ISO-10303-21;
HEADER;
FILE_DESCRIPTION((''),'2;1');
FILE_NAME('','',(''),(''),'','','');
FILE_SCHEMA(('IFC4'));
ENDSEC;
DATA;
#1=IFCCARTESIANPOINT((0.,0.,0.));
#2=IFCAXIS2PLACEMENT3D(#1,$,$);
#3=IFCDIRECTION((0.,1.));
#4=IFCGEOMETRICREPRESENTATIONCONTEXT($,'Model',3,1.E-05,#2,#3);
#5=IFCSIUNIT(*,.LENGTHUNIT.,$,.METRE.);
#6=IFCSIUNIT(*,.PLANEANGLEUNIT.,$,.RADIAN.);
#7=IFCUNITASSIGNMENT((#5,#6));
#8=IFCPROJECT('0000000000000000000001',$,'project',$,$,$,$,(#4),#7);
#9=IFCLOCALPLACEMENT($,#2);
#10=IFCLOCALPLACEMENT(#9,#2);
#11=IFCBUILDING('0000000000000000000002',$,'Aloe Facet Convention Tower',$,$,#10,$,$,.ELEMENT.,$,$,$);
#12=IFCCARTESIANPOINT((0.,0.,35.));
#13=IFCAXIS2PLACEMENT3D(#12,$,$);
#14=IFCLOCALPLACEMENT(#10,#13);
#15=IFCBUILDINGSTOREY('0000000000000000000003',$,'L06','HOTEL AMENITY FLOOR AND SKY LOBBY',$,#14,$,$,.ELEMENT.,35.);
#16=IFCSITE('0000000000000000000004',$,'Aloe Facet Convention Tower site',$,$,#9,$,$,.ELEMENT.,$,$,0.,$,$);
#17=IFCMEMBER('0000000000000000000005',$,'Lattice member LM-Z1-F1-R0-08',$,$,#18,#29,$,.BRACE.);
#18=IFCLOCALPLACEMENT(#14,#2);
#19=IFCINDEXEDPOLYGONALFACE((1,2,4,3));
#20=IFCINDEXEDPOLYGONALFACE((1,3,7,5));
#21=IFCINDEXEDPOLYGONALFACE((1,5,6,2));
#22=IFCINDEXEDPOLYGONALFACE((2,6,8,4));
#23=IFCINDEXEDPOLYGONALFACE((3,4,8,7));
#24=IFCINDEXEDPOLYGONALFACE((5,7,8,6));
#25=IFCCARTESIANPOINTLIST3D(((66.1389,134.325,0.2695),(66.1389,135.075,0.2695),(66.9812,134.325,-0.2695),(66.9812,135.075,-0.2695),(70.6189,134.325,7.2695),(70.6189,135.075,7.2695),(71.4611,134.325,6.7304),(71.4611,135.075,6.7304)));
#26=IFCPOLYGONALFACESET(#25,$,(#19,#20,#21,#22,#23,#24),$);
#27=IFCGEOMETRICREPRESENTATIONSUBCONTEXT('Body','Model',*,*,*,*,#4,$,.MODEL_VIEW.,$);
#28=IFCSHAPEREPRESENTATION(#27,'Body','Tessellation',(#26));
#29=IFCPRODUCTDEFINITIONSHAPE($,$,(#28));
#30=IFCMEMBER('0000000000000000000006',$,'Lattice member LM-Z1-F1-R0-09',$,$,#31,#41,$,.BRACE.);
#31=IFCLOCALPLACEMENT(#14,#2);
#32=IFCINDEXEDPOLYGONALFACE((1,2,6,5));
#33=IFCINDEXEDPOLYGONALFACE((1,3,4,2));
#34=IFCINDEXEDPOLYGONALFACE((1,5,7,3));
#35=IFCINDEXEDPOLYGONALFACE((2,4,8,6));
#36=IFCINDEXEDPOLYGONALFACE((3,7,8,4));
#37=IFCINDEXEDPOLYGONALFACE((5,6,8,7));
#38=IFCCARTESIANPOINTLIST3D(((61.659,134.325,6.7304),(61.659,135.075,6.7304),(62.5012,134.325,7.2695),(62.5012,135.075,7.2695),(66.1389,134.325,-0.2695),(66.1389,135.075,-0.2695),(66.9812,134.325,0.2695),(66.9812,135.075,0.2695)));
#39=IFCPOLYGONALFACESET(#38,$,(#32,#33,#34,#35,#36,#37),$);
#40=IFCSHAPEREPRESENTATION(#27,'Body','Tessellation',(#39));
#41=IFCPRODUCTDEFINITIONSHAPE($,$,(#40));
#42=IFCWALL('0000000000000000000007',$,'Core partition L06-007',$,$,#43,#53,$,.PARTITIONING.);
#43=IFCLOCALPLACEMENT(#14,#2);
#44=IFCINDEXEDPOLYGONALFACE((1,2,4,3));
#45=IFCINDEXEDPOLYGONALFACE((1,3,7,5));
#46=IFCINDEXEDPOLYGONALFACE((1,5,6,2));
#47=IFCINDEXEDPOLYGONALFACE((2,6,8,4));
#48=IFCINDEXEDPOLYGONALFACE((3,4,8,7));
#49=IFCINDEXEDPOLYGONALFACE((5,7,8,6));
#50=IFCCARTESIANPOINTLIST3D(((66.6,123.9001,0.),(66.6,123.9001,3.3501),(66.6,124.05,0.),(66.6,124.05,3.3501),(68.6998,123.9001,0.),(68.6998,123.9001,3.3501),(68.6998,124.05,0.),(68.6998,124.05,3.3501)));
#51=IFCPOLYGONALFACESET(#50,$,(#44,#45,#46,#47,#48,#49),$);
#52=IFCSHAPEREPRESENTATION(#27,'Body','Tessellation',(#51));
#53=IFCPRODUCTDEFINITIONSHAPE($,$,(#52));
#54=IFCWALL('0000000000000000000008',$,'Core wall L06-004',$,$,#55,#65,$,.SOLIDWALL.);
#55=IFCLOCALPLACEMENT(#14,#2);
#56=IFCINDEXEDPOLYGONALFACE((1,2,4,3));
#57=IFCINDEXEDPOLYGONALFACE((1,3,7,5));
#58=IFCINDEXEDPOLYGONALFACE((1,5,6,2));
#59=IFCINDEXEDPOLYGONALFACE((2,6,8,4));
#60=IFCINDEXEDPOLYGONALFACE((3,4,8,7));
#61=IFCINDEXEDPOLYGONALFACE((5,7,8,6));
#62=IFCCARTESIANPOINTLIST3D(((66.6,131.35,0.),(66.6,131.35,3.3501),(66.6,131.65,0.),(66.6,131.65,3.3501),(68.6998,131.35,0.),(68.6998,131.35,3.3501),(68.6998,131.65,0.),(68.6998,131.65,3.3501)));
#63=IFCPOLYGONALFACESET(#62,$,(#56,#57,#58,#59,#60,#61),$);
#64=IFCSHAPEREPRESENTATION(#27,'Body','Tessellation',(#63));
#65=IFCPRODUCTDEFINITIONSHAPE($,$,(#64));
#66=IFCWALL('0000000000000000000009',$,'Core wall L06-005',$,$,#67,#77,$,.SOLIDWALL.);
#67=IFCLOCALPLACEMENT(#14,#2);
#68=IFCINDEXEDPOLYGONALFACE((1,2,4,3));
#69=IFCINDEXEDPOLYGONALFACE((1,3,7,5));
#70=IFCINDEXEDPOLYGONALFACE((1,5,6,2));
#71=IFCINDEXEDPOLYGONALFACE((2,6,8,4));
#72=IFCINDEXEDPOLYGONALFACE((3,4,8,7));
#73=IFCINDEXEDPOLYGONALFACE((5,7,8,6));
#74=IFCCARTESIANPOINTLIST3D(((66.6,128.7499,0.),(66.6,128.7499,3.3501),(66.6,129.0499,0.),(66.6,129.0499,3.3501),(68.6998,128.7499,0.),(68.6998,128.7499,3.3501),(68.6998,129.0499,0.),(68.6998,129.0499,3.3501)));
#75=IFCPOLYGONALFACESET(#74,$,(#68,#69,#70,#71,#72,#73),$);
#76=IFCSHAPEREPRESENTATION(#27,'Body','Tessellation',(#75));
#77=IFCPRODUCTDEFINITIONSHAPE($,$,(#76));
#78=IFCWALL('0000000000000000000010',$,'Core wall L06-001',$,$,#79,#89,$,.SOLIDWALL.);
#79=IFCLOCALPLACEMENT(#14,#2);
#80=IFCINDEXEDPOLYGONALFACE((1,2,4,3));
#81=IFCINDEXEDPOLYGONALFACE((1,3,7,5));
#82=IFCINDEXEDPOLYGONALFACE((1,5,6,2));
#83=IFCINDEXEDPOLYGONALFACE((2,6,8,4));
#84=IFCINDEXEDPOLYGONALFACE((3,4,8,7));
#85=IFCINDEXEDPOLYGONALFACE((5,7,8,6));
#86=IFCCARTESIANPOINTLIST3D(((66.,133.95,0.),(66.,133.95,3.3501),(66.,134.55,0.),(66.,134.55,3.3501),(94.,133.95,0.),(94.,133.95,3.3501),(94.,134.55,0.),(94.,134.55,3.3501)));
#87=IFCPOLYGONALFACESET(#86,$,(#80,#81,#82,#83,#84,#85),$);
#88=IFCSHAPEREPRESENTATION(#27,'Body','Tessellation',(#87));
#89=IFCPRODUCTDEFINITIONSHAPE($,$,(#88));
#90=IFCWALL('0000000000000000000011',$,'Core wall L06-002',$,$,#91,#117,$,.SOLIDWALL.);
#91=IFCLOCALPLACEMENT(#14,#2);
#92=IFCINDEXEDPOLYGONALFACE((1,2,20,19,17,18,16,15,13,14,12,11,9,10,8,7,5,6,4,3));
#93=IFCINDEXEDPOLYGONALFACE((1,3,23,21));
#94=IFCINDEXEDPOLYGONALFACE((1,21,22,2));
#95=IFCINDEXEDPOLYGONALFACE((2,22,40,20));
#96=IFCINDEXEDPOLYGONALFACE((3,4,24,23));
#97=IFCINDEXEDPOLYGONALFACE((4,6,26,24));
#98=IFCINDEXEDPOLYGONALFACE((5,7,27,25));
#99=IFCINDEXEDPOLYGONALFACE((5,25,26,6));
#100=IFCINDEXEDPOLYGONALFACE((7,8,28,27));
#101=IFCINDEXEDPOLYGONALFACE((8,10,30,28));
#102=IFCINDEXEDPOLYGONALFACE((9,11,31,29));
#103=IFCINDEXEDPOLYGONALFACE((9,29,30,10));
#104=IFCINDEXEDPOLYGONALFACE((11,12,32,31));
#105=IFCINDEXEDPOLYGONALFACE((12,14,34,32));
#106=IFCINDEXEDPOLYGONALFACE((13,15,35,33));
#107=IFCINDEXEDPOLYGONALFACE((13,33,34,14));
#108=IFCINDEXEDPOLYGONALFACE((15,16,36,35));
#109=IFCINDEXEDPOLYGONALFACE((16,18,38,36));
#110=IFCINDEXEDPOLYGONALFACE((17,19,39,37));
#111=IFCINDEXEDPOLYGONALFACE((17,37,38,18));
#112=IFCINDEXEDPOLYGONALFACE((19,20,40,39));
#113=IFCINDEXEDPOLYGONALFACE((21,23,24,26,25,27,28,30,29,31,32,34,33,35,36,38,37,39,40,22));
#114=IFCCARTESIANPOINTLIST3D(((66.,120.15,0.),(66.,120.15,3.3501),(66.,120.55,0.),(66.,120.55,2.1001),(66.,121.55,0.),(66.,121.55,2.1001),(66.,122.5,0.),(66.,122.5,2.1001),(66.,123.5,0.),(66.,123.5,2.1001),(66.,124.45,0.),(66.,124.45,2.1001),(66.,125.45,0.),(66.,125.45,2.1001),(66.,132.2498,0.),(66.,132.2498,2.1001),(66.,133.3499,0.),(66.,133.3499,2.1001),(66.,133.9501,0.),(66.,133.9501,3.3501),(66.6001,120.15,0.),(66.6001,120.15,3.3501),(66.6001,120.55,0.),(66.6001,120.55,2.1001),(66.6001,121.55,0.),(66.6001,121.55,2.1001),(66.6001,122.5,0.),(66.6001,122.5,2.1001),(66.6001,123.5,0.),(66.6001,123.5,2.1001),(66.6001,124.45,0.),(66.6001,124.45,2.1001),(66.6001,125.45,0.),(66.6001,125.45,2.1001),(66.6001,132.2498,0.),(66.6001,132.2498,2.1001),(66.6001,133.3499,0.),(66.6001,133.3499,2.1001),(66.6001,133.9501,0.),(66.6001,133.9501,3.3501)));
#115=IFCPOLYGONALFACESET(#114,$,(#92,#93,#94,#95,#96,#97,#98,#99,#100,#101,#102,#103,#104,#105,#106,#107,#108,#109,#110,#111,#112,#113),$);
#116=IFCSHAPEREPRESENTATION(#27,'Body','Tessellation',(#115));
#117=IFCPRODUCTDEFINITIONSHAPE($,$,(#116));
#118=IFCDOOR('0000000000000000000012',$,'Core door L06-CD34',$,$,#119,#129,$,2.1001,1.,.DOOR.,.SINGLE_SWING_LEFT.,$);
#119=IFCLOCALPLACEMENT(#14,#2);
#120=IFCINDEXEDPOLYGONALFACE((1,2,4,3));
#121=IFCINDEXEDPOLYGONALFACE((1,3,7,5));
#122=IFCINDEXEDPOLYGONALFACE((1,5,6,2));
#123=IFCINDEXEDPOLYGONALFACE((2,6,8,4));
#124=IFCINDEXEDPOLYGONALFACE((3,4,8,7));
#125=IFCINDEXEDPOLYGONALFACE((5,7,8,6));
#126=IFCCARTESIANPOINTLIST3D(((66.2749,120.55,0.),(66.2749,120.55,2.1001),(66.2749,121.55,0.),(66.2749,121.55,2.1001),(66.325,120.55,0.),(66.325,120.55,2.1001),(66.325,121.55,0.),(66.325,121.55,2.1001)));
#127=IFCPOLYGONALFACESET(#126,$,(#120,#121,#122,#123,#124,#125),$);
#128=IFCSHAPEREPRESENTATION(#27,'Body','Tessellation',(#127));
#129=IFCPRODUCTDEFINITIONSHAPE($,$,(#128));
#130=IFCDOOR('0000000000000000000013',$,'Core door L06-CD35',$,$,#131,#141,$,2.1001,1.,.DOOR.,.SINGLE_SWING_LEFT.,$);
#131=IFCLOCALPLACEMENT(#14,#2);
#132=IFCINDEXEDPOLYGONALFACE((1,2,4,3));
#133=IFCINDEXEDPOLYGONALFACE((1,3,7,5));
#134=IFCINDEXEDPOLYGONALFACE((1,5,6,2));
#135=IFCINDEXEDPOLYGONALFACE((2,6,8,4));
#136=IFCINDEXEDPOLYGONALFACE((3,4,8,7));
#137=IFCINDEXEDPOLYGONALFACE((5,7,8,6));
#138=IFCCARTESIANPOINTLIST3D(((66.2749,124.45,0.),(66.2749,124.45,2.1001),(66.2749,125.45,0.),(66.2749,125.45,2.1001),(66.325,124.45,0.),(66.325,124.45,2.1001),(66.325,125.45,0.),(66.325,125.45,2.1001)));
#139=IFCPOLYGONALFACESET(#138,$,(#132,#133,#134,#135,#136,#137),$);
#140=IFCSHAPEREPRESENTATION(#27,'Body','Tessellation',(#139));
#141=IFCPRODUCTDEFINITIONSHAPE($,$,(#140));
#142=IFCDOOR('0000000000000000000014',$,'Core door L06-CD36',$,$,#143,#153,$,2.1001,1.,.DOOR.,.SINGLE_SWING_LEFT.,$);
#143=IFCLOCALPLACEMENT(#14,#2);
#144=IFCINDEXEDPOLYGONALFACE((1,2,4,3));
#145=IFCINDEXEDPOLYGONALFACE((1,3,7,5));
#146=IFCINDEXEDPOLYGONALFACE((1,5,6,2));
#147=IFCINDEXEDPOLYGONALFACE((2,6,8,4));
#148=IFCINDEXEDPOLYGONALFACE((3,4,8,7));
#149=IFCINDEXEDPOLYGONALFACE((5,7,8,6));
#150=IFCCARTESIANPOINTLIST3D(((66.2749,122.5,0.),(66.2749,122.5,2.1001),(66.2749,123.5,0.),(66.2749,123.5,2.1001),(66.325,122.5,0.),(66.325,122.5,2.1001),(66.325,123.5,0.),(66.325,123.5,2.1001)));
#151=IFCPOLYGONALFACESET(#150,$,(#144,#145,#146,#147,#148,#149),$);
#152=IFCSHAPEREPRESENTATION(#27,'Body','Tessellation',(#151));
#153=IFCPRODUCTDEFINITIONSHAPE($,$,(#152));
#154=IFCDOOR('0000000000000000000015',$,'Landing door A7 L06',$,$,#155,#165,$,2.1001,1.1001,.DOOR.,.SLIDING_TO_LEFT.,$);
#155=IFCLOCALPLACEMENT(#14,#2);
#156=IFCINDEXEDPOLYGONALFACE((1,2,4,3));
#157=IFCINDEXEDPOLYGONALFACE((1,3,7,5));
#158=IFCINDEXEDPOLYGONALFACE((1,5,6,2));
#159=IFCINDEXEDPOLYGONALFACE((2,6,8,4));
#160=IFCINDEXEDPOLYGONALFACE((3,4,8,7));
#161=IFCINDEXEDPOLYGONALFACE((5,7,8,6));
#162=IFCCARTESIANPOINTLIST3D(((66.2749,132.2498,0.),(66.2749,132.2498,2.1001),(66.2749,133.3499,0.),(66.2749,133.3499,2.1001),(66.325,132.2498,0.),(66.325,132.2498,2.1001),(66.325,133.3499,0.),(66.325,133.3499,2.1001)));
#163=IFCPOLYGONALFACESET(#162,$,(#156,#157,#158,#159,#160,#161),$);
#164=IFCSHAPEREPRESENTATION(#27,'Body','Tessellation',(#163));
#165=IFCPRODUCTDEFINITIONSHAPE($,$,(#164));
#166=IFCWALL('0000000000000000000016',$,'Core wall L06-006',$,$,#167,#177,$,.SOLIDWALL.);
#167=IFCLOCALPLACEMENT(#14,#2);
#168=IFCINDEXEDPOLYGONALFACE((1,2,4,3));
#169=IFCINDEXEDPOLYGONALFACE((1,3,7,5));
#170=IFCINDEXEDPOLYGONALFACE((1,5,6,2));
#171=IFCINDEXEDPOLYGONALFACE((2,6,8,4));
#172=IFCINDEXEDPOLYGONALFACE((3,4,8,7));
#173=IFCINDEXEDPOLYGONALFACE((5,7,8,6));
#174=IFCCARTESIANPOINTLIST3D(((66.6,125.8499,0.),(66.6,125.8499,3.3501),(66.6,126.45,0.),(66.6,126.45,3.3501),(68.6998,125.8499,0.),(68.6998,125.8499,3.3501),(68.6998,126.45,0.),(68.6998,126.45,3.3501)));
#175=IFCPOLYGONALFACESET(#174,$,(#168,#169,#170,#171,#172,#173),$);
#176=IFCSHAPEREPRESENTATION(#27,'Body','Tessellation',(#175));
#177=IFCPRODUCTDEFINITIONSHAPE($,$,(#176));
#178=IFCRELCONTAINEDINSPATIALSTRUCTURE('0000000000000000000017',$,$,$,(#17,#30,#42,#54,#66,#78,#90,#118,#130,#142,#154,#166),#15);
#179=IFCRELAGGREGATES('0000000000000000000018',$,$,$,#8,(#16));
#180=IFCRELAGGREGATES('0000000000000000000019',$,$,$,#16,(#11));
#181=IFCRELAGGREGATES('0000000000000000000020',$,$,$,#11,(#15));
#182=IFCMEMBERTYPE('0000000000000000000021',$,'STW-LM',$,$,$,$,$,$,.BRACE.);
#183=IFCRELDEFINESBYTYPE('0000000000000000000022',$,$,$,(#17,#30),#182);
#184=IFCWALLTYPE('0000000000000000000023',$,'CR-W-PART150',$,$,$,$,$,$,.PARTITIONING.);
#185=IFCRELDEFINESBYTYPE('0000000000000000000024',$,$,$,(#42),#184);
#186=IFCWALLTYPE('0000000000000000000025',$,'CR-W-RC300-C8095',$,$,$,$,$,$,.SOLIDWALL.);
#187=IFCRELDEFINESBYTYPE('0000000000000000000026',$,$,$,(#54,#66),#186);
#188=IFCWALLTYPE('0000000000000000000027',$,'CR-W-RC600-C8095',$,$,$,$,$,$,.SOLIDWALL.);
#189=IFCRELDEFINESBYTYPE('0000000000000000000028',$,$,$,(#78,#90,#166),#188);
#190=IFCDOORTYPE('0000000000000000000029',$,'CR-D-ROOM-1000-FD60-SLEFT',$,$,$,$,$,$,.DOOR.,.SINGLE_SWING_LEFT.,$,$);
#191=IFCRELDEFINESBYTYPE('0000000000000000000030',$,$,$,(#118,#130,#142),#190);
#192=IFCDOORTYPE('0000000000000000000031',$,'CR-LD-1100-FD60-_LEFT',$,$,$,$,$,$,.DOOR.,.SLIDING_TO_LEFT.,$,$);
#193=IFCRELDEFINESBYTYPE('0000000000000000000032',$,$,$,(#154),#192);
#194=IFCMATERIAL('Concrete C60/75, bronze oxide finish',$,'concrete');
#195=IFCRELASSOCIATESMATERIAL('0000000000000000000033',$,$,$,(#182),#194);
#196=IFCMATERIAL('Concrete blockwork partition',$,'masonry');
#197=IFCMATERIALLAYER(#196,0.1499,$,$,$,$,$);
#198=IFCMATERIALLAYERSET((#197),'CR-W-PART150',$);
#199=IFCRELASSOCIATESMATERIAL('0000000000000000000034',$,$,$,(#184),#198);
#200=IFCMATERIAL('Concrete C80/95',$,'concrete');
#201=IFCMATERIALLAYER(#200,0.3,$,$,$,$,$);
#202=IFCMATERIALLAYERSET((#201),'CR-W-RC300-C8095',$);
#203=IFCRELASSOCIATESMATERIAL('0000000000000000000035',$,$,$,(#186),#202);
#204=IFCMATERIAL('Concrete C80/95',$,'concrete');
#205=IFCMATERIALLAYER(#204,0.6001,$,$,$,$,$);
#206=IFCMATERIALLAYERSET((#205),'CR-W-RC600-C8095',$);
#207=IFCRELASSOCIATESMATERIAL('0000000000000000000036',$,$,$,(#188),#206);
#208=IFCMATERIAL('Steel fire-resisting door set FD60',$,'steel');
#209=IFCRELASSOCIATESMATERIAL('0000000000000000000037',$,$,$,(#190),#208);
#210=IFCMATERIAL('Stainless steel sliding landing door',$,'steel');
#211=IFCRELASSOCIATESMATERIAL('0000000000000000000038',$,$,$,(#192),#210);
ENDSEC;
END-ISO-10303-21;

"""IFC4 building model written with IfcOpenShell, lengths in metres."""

from ifc_helpers import new_model, si_unit, direction, frame, frame_2d, origin, origin_2d, place, context, subcontext, project, spatial, rectangle, extrude, material, layer, layer_set, material_profile, profile_set, type_object, element, fill, save


model = new_model("IFC4")

# Units and contexts
model_context = context("Model", 3, precision=1e-05, world=origin(), true_north=direction((0.0, 1.0)))
body_context = subcontext(model_context, "Body", "Model", "MODEL_VIEW")
ifc_project = project(units=[si_unit("LENGTHUNIT", "METRE"), si_unit("PLANEANGLEUNIT", "RADIAN")], contexts=[model_context])

# Site, building, storey
site_placement = place(None, origin())
site = spatial("IfcSite", under=ifc_project, at=site_placement, Name="Aloe Facet Convention Tower site", CompositionType="ELEMENT", RefElevation=0.0)
building_placement = place(site_placement, origin())
building = spatial("IfcBuilding", under=site, at=building_placement, Name="Aloe Facet Convention Tower", CompositionType="ELEMENT")
storey_placement = place(building_placement, frame((0.0, 0.0, 35.0)))
storey = spatial("IfcBuildingStorey", under=building, at=storey_placement, Name="L06", Description="HOTEL AMENITY FLOOR AND SKY LOBBY", CompositionType="ELEMENT", Elevation=35.0)

# Members
ifc_material_1 = material(Name="Concrete C60/75, bronze oxide finish", Category="concrete")
ifc_material_profile = material_profile(ifc_material_1, rectangle(XDim=0.75, YDim=1.0, at=origin_2d()), Name="STW-LM")
ifc_profile_set = profile_set([ifc_material_profile], Name="Concrete C60/75, bronze oxide finish")
member_type = type_object("IfcMemberType", Name="STW-LM", PredefinedType="BRACE", material=ifc_profile_set)
for number, where, z_axis, x_axis, name in (
    (1, (66.5601, 134.7, 0.0), (0.539052, 0.0, 0.842272), (0.0, 1.0, 0.0), "Lattice member LM-Z1-F1-R0-08"),
    (2, (66.5601, 134.7, 0.0), (-0.539052, 0.0, 0.842272), (0.0, -1.0, 0.0), "Lattice member LM-Z1-F1-R0-09"),
):
    element("IfcMember", number, at=place(storey_placement, frame(where, z_axis=z_axis, x_axis=x_axis)), inside=storey, type_object=member_type, Name=name, PredefinedType="BRACE", context=body_context, shape_type="SweptSolid", body=[
        extrude(rectangle(XDim=0.75, YDim=1.0, at=origin_2d()), origin(), (0.0, 0.0, 1.0), 8.3108),
    ])

# Walls
ifc_material_2 = material(Name="Concrete blockwork partition", Category="masonry")
ifc_layer_1 = layer(ifc_material_2, 0.1499)
ifc_layer_set_1 = layer_set([ifc_layer_1], Name="CR-W-PART150")
wall_type_1 = type_object("IfcWallType", Name="CR-W-PART150", PredefinedType="PARTITIONING", material=ifc_layer_set_1)
wall_1_placement = place(storey_placement, frame((66.6001, 123.9751, 0.0), z_axis=(0.0, 0.0, 1.0), x_axis=(1.0, 0.0, 0.0)))
element("IfcWall", 3, at=wall_1_placement, inside=storey, type_object=wall_type_1, Name="Core partition L06-007", PredefinedType="PARTITIONING", context=body_context, shape_type="SweptSolid", body=[
    extrude(rectangle(XDim=2.0999, YDim=0.1499, at=frame_2d((1.0498, 0.0))), origin(), (0.0, 0.0, 1.0), 3.3501),
])
ifc_material_3 = material(Name="Concrete C80/95", Category="concrete")
ifc_layer_2 = layer(ifc_material_3, 0.3)
ifc_layer_set_2 = layer_set([ifc_layer_2], Name="CR-W-RC300-C8095")
wall_type_2 = type_object("IfcWallType", Name="CR-W-RC300-C8095", PredefinedType="SOLIDWALL", material=ifc_layer_set_2)
for number, where, z_axis, x_axis, name in (
    (4, (66.6001, 131.5, 0.0), (0.0, 0.0, 1.0), (1.0, 0.0, 0.0), "Core wall L06-004"),
    (5, (66.6001, 128.8999, 0.0), (0.0, 0.0, 1.0), (1.0, 0.0, 0.0), "Core wall L06-005"),
):
    element("IfcWall", number, at=place(storey_placement, frame(where, z_axis=z_axis, x_axis=x_axis)), inside=storey, type_object=wall_type_2, Name=name, PredefinedType="SOLIDWALL", context=body_context, shape_type="SweptSolid", body=[
        extrude(rectangle(XDim=2.0999, YDim=0.3, at=frame_2d((1.0498, 0.0))), origin(), (0.0, 0.0, 1.0), 3.3501),
    ])
ifc_material_4 = material(Name="Concrete C80/95", Category="concrete")
ifc_layer_3 = layer(ifc_material_4, 0.6001)
ifc_layer_set_3 = layer_set([ifc_layer_3], Name="CR-W-RC600-C8095")
wall_type_3 = type_object("IfcWallType", Name="CR-W-RC600-C8095", PredefinedType="SOLIDWALL", material=ifc_layer_set_3)
wall_2_placement = place(storey_placement, frame((66.0, 134.25, 0.0), z_axis=(0.0, 0.0, 1.0), x_axis=(1.0, 0.0, 0.0)))
element("IfcWall", 6, at=wall_2_placement, inside=storey, type_object=wall_type_3, Name="Core wall L06-001", PredefinedType="SOLIDWALL", context=body_context, shape_type="SweptSolid", body=[
    extrude(rectangle(XDim=28.0, YDim=0.6001, at=frame_2d((14.0, 0.0))), origin(), (0.0, 0.0, 1.0), 3.3501),
])

# Wall, openings, doors
wall_3_placement = place(storey_placement, frame((66.3, 133.95, 0.0), z_axis=(0.0, 0.0, 1.0), x_axis=(0.0, -1.0, 0.0)))
wall_3 = element("IfcWall", 7, at=wall_3_placement, inside=storey, type_object=wall_type_3, Name="Core wall L06-002", PredefinedType="SOLIDWALL", context=body_context, shape_type="SweptSolid", body=[
    extrude(rectangle(XDim=13.8, YDim=0.6001, at=frame_2d((6.8999, 0.0))), origin(), (0.0, 0.0, 1.0), 3.3501),
])
opening_1_placement = place(wall_3_placement, frame((0.6001, 0.0, 0.0)))
opening_1 = element("IfcOpeningElement", 8, at=opening_1_placement, cuts=wall_3, PredefinedType="OPENING", context=body_context, shape_type="SweptSolid", body=[
    extrude(rectangle(XDim=1.1001, YDim=2.1001, at=frame_2d((0.55, 1.05))), frame((0.0, 0.3101, 0.0), z_axis=(0.0, -1.0, 0.0), x_axis=(1.0, 0.0, 0.0)), (0.0, 0.0, 1.0), 0.6201),
])
opening_2_placement = place(wall_3_placement, frame((12.3999, 0.0, 0.0)))
opening_2 = element("IfcOpeningElement", 9, at=opening_2_placement, cuts=wall_3, PredefinedType="OPENING", context=body_context, shape_type="SweptSolid", body=[
    extrude(rectangle(XDim=1.0, YDim=2.1001, at=frame_2d((0.5, 1.05))), frame((0.0, 0.3101, 0.0), z_axis=(0.0, -1.0, 0.0), x_axis=(1.0, 0.0, 0.0)), (0.0, 0.0, 1.0), 0.6201),
])
opening_3_placement = place(wall_3_placement, frame((8.5, 0.0, 0.0)))
opening_3 = element("IfcOpeningElement", 10, at=opening_3_placement, cuts=wall_3, PredefinedType="OPENING", context=body_context, shape_type="SweptSolid", body=[
    extrude(rectangle(XDim=1.0, YDim=2.1001, at=frame_2d((0.5, 1.05))), frame((0.0, 0.3101, 0.0), z_axis=(0.0, -1.0, 0.0), x_axis=(1.0, 0.0, 0.0)), (0.0, 0.0, 1.0), 0.6201),
])
opening_4_placement = place(wall_3_placement, frame((10.45, 0.0, 0.0)))
opening_4 = element("IfcOpeningElement", 11, at=opening_4_placement, cuts=wall_3, PredefinedType="OPENING", context=body_context, shape_type="SweptSolid", body=[
    extrude(rectangle(XDim=1.0, YDim=2.1001, at=frame_2d((0.5, 1.05))), frame((0.0, 0.3101, 0.0), z_axis=(0.0, -1.0, 0.0), x_axis=(1.0, 0.0, 0.0)), (0.0, 0.0, 1.0), 0.6201),
])
ifc_material_5 = material(Name="Steel fire-resisting door set FD60", Category="steel")
door_type_1 = type_object("IfcDoorType", Name="CR-D-ROOM-1000-FD60-SLEFT", OperationType="SINGLE_SWING_LEFT", PredefinedType="DOOR", material=ifc_material_5)
door_1_placement = place(opening_2_placement, origin())
door_1 = element("IfcDoor", 12, at=door_1_placement, inside=storey, type_object=door_type_1, Name="Core door L06-CD34", OperationType="SINGLE_SWING_LEFT", OverallHeight=2.1001, OverallWidth=1.0, PredefinedType="DOOR", context=body_context, shape_type="SweptSolid", body=[
    extrude(rectangle(XDim=1.0, YDim=2.1001, at=frame_2d((0.5, 1.05))), frame((0.0, 0.0249, 0.0), z_axis=(0.0, -1.0, 0.0), x_axis=(1.0, 0.0, 0.0)), (0.0, 0.0, 1.0), 0.05),
])
fill(opening_2, door_1)
door_2_placement = place(opening_3_placement, origin())
door_2 = element("IfcDoor", 13, at=door_2_placement, inside=storey, type_object=door_type_1, Name="Core door L06-CD35", OperationType="SINGLE_SWING_LEFT", OverallHeight=2.1001, OverallWidth=1.0, PredefinedType="DOOR", context=body_context, shape_type="SweptSolid", body=[
    extrude(rectangle(XDim=1.0, YDim=2.1001, at=frame_2d((0.5, 1.05))), frame((0.0, 0.0249, 0.0), z_axis=(0.0, -1.0, 0.0), x_axis=(1.0, 0.0, 0.0)), (0.0, 0.0, 1.0), 0.05),
])
fill(opening_3, door_2)
door_3_placement = place(opening_4_placement, origin())
door_3 = element("IfcDoor", 14, at=door_3_placement, inside=storey, type_object=door_type_1, Name="Core door L06-CD36", OperationType="SINGLE_SWING_LEFT", OverallHeight=2.1001, OverallWidth=1.0, PredefinedType="DOOR", context=body_context, shape_type="SweptSolid", body=[
    extrude(rectangle(XDim=1.0, YDim=2.1001, at=frame_2d((0.5, 1.05))), frame((0.0, 0.0249, 0.0), z_axis=(0.0, -1.0, 0.0), x_axis=(1.0, 0.0, 0.0)), (0.0, 0.0, 1.0), 0.05),
])
fill(opening_4, door_3)
ifc_material_6 = material(Name="Stainless steel sliding landing door", Category="steel")
door_type_2 = type_object("IfcDoorType", Name="CR-LD-1100-FD60-_LEFT", OperationType="SLIDING_TO_LEFT", PredefinedType="DOOR", material=ifc_material_6)
door_4_placement = place(opening_1_placement, origin())
door_4 = element("IfcDoor", 15, at=door_4_placement, inside=storey, type_object=door_type_2, Name="Landing door A7 L06", OperationType="SLIDING_TO_LEFT", OverallHeight=2.1001, OverallWidth=1.1001, PredefinedType="DOOR", context=body_context, shape_type="SweptSolid", body=[
    extrude(rectangle(XDim=1.1001, YDim=2.1001, at=frame_2d((0.55, 1.05))), frame((0.0, 0.0249, 0.0), z_axis=(0.0, -1.0, 0.0), x_axis=(1.0, 0.0, 0.0)), (0.0, 0.0, 1.0), 0.05),
])
fill(opening_1, door_4)

# Wall
wall_4_placement = place(storey_placement, frame((66.6001, 126.1499, 0.0), z_axis=(0.0, 0.0, 1.0), x_axis=(1.0, 0.0, 0.0)))
element("IfcWall", 16, at=wall_4_placement, inside=storey, type_object=wall_type_3, Name="Core wall L06-006", PredefinedType="SOLIDWALL", context=body_context, shape_type="SweptSolid", body=[
    extrude(rectangle(XDim=2.0999, YDim=0.6001, at=frame_2d((1.0498, 0.0))), origin(), (0.0, 0.0, 1.0), 3.3501),
])

save(model, "model.ifc")
